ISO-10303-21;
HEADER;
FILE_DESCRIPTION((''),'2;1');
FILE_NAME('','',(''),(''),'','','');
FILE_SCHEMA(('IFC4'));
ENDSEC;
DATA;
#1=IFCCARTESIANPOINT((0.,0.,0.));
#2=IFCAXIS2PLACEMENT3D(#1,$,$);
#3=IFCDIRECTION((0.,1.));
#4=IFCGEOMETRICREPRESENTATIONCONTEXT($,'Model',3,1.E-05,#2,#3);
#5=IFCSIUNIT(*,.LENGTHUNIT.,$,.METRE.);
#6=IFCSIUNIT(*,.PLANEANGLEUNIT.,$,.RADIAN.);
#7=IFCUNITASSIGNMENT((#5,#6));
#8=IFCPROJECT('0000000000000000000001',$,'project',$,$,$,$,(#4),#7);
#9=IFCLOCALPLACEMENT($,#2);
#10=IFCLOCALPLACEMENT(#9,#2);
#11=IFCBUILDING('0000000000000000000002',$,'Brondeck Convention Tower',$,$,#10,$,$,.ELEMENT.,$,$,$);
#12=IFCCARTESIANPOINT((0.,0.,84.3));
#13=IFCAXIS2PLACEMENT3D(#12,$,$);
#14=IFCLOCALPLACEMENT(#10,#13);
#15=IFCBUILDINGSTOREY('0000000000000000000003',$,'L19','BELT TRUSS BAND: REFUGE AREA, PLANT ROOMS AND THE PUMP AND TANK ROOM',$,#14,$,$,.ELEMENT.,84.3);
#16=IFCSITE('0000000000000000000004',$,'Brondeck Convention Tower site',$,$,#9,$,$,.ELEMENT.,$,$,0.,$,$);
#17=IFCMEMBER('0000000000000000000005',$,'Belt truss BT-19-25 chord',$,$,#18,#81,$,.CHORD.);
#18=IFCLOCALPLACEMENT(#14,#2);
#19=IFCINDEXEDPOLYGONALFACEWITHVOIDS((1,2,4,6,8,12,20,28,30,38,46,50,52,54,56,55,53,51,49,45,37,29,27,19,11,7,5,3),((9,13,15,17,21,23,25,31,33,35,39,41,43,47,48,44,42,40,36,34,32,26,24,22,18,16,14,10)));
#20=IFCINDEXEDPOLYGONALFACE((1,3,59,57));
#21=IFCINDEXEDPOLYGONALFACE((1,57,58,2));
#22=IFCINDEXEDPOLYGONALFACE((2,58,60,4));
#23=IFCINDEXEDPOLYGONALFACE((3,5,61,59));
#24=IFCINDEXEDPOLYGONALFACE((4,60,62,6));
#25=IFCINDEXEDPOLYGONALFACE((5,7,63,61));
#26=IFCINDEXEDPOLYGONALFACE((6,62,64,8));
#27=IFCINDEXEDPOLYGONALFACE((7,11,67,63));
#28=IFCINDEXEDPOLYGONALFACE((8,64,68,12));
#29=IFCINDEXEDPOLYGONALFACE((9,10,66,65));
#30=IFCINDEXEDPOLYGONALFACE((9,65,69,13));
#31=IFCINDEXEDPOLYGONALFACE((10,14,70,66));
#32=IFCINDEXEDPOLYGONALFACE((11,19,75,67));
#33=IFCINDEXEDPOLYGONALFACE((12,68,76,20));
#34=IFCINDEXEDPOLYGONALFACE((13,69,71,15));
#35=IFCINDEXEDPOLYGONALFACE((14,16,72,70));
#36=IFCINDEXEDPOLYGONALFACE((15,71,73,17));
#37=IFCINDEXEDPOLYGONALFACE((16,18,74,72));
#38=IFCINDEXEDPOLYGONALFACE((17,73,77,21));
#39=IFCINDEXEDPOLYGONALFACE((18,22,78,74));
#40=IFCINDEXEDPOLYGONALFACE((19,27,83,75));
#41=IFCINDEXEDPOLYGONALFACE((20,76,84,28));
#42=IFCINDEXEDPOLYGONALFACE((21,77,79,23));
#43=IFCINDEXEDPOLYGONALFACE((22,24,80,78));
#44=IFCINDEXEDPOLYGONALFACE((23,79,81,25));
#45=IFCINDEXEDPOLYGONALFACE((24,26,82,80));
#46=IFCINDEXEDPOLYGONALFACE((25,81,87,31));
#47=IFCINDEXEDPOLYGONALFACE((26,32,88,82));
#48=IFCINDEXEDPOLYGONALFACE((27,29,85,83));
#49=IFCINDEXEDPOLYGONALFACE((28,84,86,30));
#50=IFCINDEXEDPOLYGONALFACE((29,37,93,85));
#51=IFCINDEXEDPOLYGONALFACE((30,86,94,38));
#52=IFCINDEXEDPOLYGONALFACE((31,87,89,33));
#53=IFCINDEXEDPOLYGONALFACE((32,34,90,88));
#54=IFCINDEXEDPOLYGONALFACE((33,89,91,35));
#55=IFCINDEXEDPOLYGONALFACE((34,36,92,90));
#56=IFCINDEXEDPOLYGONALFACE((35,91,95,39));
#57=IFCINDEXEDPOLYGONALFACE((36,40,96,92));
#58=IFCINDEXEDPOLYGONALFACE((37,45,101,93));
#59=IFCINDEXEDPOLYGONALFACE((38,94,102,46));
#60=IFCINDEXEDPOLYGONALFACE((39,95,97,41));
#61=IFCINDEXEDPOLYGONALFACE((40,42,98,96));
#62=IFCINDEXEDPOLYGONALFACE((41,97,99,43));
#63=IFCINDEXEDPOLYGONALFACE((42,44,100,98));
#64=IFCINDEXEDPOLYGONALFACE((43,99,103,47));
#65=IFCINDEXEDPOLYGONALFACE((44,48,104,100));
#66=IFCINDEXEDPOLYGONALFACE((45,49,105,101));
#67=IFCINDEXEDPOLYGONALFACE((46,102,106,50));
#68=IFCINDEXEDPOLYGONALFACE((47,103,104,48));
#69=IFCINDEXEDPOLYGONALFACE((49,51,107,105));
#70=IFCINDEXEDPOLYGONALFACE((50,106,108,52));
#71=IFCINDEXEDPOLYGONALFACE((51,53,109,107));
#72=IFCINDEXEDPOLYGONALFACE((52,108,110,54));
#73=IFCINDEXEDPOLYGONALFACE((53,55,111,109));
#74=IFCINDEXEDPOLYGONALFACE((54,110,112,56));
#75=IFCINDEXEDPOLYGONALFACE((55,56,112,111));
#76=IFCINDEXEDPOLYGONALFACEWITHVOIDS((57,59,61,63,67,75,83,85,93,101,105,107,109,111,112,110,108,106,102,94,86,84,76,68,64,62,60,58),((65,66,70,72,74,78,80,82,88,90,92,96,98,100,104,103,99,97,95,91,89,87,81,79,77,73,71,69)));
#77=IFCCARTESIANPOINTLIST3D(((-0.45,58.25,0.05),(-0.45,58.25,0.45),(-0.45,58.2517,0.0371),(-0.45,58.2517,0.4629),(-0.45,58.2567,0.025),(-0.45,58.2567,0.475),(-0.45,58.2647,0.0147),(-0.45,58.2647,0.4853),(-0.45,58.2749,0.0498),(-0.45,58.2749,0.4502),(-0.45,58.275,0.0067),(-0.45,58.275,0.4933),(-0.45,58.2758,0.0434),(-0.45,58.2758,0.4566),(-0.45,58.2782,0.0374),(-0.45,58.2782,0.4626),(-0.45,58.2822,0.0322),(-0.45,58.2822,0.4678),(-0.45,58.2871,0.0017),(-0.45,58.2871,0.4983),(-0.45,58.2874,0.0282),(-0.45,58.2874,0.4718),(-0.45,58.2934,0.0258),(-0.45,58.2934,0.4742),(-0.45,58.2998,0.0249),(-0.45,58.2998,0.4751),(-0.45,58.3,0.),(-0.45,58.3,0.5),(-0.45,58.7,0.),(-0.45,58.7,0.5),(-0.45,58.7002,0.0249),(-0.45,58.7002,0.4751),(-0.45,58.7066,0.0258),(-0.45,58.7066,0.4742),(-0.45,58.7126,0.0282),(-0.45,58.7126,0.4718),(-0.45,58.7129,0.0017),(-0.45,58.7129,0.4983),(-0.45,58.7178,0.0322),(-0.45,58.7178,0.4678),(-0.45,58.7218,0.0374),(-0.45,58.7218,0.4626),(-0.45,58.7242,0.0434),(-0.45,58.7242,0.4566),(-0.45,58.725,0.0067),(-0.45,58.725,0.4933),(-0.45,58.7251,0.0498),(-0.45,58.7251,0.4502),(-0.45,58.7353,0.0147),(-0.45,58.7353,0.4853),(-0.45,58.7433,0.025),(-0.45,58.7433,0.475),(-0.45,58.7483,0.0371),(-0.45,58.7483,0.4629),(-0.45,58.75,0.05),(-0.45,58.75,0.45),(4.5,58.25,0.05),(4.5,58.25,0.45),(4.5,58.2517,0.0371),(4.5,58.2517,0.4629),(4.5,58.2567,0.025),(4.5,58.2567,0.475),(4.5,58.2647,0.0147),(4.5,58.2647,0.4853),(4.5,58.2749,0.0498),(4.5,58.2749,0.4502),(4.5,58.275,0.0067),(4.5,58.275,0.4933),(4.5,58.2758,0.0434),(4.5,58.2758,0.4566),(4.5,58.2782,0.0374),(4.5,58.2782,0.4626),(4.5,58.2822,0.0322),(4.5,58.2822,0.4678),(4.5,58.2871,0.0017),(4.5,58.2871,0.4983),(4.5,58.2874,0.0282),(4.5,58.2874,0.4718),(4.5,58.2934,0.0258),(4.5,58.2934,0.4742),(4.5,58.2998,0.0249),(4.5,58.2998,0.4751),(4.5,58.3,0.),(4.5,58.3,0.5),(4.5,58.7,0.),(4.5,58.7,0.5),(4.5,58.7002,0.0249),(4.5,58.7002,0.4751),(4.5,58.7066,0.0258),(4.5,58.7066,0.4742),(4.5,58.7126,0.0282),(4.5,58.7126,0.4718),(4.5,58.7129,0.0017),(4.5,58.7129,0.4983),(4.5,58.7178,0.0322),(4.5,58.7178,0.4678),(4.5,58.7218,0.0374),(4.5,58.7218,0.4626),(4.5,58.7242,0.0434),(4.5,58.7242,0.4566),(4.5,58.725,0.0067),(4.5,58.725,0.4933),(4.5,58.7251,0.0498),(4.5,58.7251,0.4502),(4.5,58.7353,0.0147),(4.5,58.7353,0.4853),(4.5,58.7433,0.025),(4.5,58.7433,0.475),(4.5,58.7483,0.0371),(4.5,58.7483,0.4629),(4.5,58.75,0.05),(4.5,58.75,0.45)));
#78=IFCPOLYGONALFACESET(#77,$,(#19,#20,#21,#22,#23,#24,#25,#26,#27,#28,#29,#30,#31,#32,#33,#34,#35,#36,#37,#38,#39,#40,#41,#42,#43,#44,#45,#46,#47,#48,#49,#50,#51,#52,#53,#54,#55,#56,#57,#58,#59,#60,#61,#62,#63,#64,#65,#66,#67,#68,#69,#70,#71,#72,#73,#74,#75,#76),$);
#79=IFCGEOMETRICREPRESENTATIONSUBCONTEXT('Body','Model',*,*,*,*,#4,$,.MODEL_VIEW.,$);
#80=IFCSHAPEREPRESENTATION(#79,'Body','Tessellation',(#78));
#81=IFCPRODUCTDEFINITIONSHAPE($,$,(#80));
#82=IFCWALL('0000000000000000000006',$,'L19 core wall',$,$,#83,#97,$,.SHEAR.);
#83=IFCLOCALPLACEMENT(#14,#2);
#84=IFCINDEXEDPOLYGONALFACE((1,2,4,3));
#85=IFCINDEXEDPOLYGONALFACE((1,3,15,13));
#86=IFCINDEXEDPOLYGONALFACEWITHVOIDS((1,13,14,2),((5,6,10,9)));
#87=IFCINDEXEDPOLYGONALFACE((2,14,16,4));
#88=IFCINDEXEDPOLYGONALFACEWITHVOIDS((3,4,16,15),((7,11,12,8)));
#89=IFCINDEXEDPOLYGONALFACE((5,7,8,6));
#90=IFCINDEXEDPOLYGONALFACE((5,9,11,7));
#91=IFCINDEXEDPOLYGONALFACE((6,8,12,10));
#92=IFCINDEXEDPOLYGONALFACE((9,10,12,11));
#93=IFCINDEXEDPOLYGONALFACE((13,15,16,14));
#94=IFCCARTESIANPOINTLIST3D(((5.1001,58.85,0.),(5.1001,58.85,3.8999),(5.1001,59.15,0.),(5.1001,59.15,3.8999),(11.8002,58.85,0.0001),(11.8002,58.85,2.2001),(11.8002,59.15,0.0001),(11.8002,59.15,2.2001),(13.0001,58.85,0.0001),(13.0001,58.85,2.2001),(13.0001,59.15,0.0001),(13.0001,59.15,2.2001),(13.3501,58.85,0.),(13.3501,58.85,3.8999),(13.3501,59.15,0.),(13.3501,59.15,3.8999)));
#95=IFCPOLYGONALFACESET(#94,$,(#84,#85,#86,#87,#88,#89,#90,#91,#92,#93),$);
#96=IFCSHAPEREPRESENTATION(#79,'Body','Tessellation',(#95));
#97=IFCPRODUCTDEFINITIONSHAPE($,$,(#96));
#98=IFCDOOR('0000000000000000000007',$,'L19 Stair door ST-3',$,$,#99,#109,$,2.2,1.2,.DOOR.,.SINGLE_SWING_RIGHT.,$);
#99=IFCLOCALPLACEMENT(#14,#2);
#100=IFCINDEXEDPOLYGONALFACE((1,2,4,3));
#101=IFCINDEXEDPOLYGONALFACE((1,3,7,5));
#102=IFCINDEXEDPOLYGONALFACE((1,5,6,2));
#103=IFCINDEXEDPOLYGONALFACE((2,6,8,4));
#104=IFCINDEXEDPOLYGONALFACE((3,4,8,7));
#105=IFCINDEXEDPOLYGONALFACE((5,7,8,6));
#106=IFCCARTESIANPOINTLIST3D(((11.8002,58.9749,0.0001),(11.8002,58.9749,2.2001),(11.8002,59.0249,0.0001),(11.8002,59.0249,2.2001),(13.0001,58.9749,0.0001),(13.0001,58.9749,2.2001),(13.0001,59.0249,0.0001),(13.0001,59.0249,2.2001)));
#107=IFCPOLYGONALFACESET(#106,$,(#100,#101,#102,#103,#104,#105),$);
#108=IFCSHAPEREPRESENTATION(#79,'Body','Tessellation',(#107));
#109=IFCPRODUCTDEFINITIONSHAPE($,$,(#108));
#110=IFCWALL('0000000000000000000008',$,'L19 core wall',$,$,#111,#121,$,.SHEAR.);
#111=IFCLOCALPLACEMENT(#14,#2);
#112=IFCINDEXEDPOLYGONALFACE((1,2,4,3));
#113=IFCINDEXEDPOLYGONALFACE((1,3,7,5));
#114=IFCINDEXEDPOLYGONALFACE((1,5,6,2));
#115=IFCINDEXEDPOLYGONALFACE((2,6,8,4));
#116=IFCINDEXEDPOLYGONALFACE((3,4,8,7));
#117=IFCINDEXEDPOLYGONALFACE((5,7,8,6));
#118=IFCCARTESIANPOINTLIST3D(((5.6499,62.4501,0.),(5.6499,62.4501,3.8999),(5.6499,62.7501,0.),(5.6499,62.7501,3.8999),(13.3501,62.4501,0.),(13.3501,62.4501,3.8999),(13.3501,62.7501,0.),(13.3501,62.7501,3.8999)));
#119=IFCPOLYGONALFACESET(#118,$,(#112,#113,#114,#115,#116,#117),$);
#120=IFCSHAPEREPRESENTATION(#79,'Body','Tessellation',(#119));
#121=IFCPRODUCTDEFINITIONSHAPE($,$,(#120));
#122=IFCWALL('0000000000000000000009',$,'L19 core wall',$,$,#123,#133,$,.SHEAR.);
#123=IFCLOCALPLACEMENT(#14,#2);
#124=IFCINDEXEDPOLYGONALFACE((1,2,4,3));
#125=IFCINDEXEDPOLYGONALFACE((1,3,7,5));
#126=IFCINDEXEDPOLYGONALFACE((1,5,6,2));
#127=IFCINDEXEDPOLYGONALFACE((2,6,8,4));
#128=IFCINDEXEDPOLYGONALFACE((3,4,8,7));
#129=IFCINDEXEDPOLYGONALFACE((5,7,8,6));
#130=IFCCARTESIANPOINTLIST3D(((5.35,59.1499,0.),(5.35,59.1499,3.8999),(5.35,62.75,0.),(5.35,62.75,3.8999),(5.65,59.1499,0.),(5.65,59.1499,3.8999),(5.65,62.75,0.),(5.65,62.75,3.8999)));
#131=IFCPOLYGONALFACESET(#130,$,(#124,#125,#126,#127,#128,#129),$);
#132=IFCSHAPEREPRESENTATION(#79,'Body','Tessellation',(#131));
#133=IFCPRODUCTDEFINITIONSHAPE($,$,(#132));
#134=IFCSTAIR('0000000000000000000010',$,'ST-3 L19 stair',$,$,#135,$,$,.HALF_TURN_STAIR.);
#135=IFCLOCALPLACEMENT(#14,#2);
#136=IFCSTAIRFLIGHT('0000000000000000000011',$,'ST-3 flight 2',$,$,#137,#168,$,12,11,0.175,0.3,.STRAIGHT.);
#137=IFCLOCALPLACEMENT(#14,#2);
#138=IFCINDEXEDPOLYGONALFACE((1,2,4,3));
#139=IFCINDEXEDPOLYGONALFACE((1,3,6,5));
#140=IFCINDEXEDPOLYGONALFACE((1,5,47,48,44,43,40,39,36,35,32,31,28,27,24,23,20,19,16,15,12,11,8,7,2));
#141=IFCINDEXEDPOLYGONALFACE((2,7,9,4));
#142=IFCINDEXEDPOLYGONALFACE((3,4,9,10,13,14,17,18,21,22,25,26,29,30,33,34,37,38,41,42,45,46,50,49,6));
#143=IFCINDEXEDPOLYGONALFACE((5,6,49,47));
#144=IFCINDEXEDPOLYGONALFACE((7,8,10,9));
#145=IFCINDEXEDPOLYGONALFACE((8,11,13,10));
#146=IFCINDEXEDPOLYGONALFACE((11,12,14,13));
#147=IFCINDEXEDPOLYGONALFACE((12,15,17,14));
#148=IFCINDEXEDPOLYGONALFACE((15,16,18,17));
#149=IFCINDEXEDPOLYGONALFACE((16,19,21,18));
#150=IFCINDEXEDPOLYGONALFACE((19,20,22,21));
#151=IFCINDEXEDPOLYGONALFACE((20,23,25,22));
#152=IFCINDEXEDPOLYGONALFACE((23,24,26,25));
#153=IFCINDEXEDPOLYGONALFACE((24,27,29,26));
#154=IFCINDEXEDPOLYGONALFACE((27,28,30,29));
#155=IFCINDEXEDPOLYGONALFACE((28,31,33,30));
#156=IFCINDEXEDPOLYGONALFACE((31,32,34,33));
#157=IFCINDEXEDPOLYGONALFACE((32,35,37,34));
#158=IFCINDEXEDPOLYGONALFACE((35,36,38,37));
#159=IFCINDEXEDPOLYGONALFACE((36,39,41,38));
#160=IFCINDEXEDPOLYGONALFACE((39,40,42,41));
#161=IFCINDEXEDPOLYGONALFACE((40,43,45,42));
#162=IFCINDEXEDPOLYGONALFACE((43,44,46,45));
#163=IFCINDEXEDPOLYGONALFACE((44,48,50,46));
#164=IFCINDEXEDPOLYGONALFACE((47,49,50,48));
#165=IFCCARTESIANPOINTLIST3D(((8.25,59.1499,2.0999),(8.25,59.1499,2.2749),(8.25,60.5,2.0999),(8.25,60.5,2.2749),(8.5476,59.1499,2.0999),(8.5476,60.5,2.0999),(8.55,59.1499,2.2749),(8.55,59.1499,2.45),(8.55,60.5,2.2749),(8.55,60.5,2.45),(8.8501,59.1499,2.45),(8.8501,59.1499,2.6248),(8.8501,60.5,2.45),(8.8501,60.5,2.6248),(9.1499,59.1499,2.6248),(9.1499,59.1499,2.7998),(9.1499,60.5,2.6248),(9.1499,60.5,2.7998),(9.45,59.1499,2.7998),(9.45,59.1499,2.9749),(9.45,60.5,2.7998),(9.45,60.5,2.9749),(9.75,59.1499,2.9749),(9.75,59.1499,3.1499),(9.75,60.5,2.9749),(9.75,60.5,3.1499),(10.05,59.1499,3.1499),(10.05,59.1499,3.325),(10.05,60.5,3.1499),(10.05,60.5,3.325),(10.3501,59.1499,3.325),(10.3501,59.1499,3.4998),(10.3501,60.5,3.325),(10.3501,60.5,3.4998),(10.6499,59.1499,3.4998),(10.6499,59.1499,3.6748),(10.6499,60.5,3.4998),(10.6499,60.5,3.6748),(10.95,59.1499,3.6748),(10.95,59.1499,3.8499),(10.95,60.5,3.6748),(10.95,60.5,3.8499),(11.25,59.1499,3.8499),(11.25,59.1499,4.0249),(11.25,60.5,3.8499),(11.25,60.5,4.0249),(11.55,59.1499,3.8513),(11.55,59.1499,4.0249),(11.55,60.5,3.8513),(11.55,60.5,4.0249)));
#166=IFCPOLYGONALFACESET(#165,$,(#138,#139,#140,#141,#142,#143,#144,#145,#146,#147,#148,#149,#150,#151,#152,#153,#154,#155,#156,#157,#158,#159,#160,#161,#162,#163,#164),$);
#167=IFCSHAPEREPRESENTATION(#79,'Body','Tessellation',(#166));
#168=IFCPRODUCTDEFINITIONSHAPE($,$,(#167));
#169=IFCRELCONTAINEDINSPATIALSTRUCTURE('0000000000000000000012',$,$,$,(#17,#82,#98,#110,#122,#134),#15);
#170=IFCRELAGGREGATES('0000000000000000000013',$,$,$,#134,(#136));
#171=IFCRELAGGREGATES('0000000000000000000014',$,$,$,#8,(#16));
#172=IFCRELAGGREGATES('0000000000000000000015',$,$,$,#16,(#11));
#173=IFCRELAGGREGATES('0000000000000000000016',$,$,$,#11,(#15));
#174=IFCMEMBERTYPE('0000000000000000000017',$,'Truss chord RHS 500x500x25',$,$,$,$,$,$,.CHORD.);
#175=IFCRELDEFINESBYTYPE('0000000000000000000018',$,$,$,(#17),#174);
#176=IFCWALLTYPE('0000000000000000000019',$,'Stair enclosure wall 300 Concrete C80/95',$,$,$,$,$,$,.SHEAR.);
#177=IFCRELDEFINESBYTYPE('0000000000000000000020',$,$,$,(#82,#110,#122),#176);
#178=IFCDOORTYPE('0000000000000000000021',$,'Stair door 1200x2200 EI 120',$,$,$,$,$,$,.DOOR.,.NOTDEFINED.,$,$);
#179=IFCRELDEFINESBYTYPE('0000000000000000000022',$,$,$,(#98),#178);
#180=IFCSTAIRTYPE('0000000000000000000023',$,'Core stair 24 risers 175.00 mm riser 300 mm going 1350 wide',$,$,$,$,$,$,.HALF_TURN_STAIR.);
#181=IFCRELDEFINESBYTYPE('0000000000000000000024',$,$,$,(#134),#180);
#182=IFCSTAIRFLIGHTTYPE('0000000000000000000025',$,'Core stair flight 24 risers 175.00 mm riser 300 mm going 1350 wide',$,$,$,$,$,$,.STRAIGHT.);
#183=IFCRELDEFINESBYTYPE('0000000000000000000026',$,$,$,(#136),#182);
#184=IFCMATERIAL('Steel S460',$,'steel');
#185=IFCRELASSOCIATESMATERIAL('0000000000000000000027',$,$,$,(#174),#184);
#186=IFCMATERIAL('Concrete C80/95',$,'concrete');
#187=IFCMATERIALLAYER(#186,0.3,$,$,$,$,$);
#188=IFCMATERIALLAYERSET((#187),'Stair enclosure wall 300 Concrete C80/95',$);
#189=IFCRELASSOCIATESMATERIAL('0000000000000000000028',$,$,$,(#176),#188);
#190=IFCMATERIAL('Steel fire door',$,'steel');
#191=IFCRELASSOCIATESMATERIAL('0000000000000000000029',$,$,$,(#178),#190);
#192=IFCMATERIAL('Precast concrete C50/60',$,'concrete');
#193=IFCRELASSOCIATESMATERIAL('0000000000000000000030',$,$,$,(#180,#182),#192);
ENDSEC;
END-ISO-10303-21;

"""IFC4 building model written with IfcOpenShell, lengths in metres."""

from ifc_helpers import new_model, si_unit, direction, frame, frame_2d, origin, origin_2d, place, context, subcontext, project, spatial, polyline, rectangle, hollow_rectangle, outline, extrude, material, layer, layer_set, material_profile, profile_set, type_object, element, fill, aggregate, save


model = new_model("IFC4")

# Units and contexts
model_context = context("Model", 3, precision=1e-05, world=origin(), true_north=direction((0.0, 1.0)))
body_context = subcontext(model_context, "Body", "Model", "MODEL_VIEW")
ifc_project = project(units=[si_unit("LENGTHUNIT", "METRE"), si_unit("PLANEANGLEUNIT", "RADIAN")], contexts=[model_context])

# Site, building, storey
site_placement = place(None, origin())
site = spatial("IfcSite", under=ifc_project, at=site_placement, Name="Brondeck Convention Tower site", CompositionType="ELEMENT", RefElevation=0.0)
building_placement = place(site_placement, origin())
building = spatial("IfcBuilding", under=site, at=building_placement, Name="Brondeck Convention Tower", CompositionType="ELEMENT")
storey_placement = place(building_placement, frame((0.0, 0.0, 84.3)))
storey = spatial("IfcBuildingStorey", under=building, at=storey_placement, Name="L19", Description="BELT TRUSS BAND: REFUGE AREA, PLANT ROOMS AND THE PUMP AND TANK ROOM", CompositionType="ELEMENT", Elevation=84.3)

# Shared definitions
ifc_material_1 = material(Name="Concrete C80/95", Category="concrete")

# Shared definitions
ifc_material_2 = material(Name="Steel S460", Category="steel")

# Member
ifc_material_profile_1 = material_profile(ifc_material_2, hollow_rectangle(XDim=0.5, YDim=0.5, WallThickness=0.0249, InnerFilletRadius=0.0249, OuterFilletRadius=0.05, at=origin_2d()), Name="RHS 500x500x25")
ifc_profile_set_1 = profile_set([ifc_material_profile_1], Name="Steel S460")
member_type_1 = type_object("IfcMemberType", Name="Truss chord RHS 500x500x25", PredefinedType="CHORD", material=ifc_profile_set_1)
for number, where, z_axis, x_axis, name in (
    (1, (4.5, 58.5, 0.25), (-1.0, 0.0, 0.0), (0.0, -1.0, 0.0), "Belt truss BT-19-25 chord"),
):
    element("IfcMember", number, at=place(storey_placement, frame(where, z_axis=z_axis, x_axis=x_axis)), inside=storey, type_object=member_type_1, Name=name, PredefinedType="CHORD", context=body_context, shape_type="SweptSolid", body=[
        extrude(hollow_rectangle(XDim=0.5, YDim=0.5, WallThickness=0.0249, InnerFilletRadius=0.0249, OuterFilletRadius=0.05, at=origin_2d()), origin(), (0.0, 0.0, 1.0), 4.95),
    ])

# Wall, opening, door
ifc_layer_1 = layer(ifc_material_1, 0.3)
ifc_layer_set_1 = layer_set([ifc_layer_1], Name="Stair enclosure wall 300 Concrete C80/95")
wall_type = type_object("IfcWallType", Name="Stair enclosure wall 300 Concrete C80/95", PredefinedType="SHEAR", material=ifc_layer_set_1)
wall_1_placement = place(storey_placement, frame((5.1001, 59.0, 0.0), z_axis=(0.0, 0.0, 1.0), x_axis=(1.0, 0.0, 0.0)))
wall_1 = element("IfcWall", 2, at=wall_1_placement, inside=storey, type_object=wall_type, Name="L19 core wall", PredefinedType="SHEAR", context=body_context, shape_type="SweptSolid", body=[
    extrude(rectangle(XDim=8.25, YDim=0.3, at=frame_2d((4.125, 0.0))), origin(), (0.0, 0.0, 1.0), 3.8999),
])
opening_placement = place(wall_1_placement, frame((6.7, 0.0, 0.0)))
opening = element("IfcOpeningElement", 3, at=opening_placement, cuts=wall_1, PredefinedType="OPENING", context=body_context, shape_type="SweptSolid", body=[
    extrude(rectangle(XDim=1.2, YDim=2.2, at=frame_2d((0.6001, 1.1001))), frame((0.0, 0.1599, 0.0), z_axis=(0.0, -1.0, 0.0), x_axis=(1.0, 0.0, 0.0)), (0.0, 0.0, 1.0), 0.3201),
])
ifc_material_3 = material(Name="Steel fire door", Category="steel")
door_type = type_object("IfcDoorType", Name="Stair door 1200x2200 EI 120", OperationType="NOTDEFINED", PredefinedType="DOOR", material=ifc_material_3)
door_placement = place(opening_placement, origin())
door = element("IfcDoor", 4, at=door_placement, inside=storey, type_object=door_type, Name="L19 Stair door ST-3", OperationType="SINGLE_SWING_RIGHT", OverallHeight=2.2, OverallWidth=1.2, PredefinedType="DOOR", context=body_context, shape_type="SweptSolid", body=[
    extrude(rectangle(XDim=1.2, YDim=2.2, at=frame_2d((0.6001, 1.1001))), frame((0.0, 0.0249, 0.0), z_axis=(0.0, -1.0, 0.0), x_axis=(1.0, 0.0, 0.0)), (0.0, 0.0, 1.0), 0.05),
])
fill(opening, door)

# Walls
wall_2_placement = place(storey_placement, frame((5.6499, 62.6001, 0.0), z_axis=(0.0, 0.0, 1.0), x_axis=(1.0, 0.0, 0.0)))
element("IfcWall", 5, at=wall_2_placement, inside=storey, type_object=wall_type, Name="L19 core wall", PredefinedType="SHEAR", context=body_context, shape_type="SweptSolid", body=[
    extrude(rectangle(XDim=7.7002, YDim=0.3, at=frame_2d((3.8501, 0.0))), origin(), (0.0, 0.0, 1.0), 3.8999),
])
wall_3_placement = place(storey_placement, frame((5.5, 59.1499, 0.0), z_axis=(0.0, 0.0, 1.0), x_axis=(0.0, 1.0, 0.0)))
element("IfcWall", 6, at=wall_3_placement, inside=storey, type_object=wall_type, Name="L19 core wall", PredefinedType="SHEAR", context=body_context, shape_type="SweptSolid", body=[
    extrude(rectangle(XDim=3.6001, YDim=0.3, at=frame_2d((1.8, 0.0))), origin(), (0.0, 0.0, 1.0), 3.8999),
])

# Stair, stair flight
ifc_material_4 = material(Name="Precast concrete C50/60", Category="concrete")
stair_type = type_object("IfcStairType", Name="Core stair 24 risers 175.00 mm riser 300 mm going 1350 wide", PredefinedType="HALF_TURN_STAIR", material=ifc_material_4)
stair_placement = place(storey_placement, origin())
stair = element("IfcStair", 7, at=stair_placement, inside=storey, type_object=stair_type, Name="ST-3 L19 stair", PredefinedType="HALF_TURN_STAIR")
stair_flight_type = type_object("IfcStairFlightType", Name="Core stair flight 24 risers 175.00 mm riser 300 mm going 1350 wide", PredefinedType="STRAIGHT", material=ifc_material_4)
stair_flight_placement = place(storey_placement, frame((8.25, 59.825, 2.0999), z_axis=(0.0, 0.0, 1.0), x_axis=(1.0, 0.0, 0.0)))
stair_flight = element("IfcStairFlight", 8, at=stair_flight_placement, type_object=stair_flight_type, Name="ST-3 flight 2", NumberOfRisers=12, NumberOfTreads=11, PredefinedType="STRAIGHT", RiserHeight=0.175, TreadLength=0.3, context=body_context, shape_type="SweptSolid", body=[
    extrude(outline(polyline([(0.0, 0.0), (0.0, 0.175), (0.3, 0.175), (0.3, 0.3501), (0.6001, 0.3501), (0.6001, 0.5249), (0.8999, 0.5249), (0.8999, 0.7), (1.2, 0.7), (1.2, 0.875), (1.5, 0.875), (1.5, 1.05), (1.8, 1.05), (1.8, 1.2251), (2.1001, 1.2251), (2.1001, 1.3999), (2.3999, 1.3999), (2.3999, 1.575), (2.7, 1.575), (2.7, 1.75), (3.0, 1.75), (3.0, 1.925), (3.3, 1.925), (3.3, 2.1001), (3.3, 1.7515), (0.2976, 0.0), (0.0, 0.0)])), frame((0.0, 0.675, 0.0), z_axis=(0.0, -1.0, 0.0), x_axis=(1.0, 0.0, 0.0)), (0.0, 0.0, 1.0), 1.3501),
])
aggregate(stair, [stair_flight])

save(model, "model.ifc")
